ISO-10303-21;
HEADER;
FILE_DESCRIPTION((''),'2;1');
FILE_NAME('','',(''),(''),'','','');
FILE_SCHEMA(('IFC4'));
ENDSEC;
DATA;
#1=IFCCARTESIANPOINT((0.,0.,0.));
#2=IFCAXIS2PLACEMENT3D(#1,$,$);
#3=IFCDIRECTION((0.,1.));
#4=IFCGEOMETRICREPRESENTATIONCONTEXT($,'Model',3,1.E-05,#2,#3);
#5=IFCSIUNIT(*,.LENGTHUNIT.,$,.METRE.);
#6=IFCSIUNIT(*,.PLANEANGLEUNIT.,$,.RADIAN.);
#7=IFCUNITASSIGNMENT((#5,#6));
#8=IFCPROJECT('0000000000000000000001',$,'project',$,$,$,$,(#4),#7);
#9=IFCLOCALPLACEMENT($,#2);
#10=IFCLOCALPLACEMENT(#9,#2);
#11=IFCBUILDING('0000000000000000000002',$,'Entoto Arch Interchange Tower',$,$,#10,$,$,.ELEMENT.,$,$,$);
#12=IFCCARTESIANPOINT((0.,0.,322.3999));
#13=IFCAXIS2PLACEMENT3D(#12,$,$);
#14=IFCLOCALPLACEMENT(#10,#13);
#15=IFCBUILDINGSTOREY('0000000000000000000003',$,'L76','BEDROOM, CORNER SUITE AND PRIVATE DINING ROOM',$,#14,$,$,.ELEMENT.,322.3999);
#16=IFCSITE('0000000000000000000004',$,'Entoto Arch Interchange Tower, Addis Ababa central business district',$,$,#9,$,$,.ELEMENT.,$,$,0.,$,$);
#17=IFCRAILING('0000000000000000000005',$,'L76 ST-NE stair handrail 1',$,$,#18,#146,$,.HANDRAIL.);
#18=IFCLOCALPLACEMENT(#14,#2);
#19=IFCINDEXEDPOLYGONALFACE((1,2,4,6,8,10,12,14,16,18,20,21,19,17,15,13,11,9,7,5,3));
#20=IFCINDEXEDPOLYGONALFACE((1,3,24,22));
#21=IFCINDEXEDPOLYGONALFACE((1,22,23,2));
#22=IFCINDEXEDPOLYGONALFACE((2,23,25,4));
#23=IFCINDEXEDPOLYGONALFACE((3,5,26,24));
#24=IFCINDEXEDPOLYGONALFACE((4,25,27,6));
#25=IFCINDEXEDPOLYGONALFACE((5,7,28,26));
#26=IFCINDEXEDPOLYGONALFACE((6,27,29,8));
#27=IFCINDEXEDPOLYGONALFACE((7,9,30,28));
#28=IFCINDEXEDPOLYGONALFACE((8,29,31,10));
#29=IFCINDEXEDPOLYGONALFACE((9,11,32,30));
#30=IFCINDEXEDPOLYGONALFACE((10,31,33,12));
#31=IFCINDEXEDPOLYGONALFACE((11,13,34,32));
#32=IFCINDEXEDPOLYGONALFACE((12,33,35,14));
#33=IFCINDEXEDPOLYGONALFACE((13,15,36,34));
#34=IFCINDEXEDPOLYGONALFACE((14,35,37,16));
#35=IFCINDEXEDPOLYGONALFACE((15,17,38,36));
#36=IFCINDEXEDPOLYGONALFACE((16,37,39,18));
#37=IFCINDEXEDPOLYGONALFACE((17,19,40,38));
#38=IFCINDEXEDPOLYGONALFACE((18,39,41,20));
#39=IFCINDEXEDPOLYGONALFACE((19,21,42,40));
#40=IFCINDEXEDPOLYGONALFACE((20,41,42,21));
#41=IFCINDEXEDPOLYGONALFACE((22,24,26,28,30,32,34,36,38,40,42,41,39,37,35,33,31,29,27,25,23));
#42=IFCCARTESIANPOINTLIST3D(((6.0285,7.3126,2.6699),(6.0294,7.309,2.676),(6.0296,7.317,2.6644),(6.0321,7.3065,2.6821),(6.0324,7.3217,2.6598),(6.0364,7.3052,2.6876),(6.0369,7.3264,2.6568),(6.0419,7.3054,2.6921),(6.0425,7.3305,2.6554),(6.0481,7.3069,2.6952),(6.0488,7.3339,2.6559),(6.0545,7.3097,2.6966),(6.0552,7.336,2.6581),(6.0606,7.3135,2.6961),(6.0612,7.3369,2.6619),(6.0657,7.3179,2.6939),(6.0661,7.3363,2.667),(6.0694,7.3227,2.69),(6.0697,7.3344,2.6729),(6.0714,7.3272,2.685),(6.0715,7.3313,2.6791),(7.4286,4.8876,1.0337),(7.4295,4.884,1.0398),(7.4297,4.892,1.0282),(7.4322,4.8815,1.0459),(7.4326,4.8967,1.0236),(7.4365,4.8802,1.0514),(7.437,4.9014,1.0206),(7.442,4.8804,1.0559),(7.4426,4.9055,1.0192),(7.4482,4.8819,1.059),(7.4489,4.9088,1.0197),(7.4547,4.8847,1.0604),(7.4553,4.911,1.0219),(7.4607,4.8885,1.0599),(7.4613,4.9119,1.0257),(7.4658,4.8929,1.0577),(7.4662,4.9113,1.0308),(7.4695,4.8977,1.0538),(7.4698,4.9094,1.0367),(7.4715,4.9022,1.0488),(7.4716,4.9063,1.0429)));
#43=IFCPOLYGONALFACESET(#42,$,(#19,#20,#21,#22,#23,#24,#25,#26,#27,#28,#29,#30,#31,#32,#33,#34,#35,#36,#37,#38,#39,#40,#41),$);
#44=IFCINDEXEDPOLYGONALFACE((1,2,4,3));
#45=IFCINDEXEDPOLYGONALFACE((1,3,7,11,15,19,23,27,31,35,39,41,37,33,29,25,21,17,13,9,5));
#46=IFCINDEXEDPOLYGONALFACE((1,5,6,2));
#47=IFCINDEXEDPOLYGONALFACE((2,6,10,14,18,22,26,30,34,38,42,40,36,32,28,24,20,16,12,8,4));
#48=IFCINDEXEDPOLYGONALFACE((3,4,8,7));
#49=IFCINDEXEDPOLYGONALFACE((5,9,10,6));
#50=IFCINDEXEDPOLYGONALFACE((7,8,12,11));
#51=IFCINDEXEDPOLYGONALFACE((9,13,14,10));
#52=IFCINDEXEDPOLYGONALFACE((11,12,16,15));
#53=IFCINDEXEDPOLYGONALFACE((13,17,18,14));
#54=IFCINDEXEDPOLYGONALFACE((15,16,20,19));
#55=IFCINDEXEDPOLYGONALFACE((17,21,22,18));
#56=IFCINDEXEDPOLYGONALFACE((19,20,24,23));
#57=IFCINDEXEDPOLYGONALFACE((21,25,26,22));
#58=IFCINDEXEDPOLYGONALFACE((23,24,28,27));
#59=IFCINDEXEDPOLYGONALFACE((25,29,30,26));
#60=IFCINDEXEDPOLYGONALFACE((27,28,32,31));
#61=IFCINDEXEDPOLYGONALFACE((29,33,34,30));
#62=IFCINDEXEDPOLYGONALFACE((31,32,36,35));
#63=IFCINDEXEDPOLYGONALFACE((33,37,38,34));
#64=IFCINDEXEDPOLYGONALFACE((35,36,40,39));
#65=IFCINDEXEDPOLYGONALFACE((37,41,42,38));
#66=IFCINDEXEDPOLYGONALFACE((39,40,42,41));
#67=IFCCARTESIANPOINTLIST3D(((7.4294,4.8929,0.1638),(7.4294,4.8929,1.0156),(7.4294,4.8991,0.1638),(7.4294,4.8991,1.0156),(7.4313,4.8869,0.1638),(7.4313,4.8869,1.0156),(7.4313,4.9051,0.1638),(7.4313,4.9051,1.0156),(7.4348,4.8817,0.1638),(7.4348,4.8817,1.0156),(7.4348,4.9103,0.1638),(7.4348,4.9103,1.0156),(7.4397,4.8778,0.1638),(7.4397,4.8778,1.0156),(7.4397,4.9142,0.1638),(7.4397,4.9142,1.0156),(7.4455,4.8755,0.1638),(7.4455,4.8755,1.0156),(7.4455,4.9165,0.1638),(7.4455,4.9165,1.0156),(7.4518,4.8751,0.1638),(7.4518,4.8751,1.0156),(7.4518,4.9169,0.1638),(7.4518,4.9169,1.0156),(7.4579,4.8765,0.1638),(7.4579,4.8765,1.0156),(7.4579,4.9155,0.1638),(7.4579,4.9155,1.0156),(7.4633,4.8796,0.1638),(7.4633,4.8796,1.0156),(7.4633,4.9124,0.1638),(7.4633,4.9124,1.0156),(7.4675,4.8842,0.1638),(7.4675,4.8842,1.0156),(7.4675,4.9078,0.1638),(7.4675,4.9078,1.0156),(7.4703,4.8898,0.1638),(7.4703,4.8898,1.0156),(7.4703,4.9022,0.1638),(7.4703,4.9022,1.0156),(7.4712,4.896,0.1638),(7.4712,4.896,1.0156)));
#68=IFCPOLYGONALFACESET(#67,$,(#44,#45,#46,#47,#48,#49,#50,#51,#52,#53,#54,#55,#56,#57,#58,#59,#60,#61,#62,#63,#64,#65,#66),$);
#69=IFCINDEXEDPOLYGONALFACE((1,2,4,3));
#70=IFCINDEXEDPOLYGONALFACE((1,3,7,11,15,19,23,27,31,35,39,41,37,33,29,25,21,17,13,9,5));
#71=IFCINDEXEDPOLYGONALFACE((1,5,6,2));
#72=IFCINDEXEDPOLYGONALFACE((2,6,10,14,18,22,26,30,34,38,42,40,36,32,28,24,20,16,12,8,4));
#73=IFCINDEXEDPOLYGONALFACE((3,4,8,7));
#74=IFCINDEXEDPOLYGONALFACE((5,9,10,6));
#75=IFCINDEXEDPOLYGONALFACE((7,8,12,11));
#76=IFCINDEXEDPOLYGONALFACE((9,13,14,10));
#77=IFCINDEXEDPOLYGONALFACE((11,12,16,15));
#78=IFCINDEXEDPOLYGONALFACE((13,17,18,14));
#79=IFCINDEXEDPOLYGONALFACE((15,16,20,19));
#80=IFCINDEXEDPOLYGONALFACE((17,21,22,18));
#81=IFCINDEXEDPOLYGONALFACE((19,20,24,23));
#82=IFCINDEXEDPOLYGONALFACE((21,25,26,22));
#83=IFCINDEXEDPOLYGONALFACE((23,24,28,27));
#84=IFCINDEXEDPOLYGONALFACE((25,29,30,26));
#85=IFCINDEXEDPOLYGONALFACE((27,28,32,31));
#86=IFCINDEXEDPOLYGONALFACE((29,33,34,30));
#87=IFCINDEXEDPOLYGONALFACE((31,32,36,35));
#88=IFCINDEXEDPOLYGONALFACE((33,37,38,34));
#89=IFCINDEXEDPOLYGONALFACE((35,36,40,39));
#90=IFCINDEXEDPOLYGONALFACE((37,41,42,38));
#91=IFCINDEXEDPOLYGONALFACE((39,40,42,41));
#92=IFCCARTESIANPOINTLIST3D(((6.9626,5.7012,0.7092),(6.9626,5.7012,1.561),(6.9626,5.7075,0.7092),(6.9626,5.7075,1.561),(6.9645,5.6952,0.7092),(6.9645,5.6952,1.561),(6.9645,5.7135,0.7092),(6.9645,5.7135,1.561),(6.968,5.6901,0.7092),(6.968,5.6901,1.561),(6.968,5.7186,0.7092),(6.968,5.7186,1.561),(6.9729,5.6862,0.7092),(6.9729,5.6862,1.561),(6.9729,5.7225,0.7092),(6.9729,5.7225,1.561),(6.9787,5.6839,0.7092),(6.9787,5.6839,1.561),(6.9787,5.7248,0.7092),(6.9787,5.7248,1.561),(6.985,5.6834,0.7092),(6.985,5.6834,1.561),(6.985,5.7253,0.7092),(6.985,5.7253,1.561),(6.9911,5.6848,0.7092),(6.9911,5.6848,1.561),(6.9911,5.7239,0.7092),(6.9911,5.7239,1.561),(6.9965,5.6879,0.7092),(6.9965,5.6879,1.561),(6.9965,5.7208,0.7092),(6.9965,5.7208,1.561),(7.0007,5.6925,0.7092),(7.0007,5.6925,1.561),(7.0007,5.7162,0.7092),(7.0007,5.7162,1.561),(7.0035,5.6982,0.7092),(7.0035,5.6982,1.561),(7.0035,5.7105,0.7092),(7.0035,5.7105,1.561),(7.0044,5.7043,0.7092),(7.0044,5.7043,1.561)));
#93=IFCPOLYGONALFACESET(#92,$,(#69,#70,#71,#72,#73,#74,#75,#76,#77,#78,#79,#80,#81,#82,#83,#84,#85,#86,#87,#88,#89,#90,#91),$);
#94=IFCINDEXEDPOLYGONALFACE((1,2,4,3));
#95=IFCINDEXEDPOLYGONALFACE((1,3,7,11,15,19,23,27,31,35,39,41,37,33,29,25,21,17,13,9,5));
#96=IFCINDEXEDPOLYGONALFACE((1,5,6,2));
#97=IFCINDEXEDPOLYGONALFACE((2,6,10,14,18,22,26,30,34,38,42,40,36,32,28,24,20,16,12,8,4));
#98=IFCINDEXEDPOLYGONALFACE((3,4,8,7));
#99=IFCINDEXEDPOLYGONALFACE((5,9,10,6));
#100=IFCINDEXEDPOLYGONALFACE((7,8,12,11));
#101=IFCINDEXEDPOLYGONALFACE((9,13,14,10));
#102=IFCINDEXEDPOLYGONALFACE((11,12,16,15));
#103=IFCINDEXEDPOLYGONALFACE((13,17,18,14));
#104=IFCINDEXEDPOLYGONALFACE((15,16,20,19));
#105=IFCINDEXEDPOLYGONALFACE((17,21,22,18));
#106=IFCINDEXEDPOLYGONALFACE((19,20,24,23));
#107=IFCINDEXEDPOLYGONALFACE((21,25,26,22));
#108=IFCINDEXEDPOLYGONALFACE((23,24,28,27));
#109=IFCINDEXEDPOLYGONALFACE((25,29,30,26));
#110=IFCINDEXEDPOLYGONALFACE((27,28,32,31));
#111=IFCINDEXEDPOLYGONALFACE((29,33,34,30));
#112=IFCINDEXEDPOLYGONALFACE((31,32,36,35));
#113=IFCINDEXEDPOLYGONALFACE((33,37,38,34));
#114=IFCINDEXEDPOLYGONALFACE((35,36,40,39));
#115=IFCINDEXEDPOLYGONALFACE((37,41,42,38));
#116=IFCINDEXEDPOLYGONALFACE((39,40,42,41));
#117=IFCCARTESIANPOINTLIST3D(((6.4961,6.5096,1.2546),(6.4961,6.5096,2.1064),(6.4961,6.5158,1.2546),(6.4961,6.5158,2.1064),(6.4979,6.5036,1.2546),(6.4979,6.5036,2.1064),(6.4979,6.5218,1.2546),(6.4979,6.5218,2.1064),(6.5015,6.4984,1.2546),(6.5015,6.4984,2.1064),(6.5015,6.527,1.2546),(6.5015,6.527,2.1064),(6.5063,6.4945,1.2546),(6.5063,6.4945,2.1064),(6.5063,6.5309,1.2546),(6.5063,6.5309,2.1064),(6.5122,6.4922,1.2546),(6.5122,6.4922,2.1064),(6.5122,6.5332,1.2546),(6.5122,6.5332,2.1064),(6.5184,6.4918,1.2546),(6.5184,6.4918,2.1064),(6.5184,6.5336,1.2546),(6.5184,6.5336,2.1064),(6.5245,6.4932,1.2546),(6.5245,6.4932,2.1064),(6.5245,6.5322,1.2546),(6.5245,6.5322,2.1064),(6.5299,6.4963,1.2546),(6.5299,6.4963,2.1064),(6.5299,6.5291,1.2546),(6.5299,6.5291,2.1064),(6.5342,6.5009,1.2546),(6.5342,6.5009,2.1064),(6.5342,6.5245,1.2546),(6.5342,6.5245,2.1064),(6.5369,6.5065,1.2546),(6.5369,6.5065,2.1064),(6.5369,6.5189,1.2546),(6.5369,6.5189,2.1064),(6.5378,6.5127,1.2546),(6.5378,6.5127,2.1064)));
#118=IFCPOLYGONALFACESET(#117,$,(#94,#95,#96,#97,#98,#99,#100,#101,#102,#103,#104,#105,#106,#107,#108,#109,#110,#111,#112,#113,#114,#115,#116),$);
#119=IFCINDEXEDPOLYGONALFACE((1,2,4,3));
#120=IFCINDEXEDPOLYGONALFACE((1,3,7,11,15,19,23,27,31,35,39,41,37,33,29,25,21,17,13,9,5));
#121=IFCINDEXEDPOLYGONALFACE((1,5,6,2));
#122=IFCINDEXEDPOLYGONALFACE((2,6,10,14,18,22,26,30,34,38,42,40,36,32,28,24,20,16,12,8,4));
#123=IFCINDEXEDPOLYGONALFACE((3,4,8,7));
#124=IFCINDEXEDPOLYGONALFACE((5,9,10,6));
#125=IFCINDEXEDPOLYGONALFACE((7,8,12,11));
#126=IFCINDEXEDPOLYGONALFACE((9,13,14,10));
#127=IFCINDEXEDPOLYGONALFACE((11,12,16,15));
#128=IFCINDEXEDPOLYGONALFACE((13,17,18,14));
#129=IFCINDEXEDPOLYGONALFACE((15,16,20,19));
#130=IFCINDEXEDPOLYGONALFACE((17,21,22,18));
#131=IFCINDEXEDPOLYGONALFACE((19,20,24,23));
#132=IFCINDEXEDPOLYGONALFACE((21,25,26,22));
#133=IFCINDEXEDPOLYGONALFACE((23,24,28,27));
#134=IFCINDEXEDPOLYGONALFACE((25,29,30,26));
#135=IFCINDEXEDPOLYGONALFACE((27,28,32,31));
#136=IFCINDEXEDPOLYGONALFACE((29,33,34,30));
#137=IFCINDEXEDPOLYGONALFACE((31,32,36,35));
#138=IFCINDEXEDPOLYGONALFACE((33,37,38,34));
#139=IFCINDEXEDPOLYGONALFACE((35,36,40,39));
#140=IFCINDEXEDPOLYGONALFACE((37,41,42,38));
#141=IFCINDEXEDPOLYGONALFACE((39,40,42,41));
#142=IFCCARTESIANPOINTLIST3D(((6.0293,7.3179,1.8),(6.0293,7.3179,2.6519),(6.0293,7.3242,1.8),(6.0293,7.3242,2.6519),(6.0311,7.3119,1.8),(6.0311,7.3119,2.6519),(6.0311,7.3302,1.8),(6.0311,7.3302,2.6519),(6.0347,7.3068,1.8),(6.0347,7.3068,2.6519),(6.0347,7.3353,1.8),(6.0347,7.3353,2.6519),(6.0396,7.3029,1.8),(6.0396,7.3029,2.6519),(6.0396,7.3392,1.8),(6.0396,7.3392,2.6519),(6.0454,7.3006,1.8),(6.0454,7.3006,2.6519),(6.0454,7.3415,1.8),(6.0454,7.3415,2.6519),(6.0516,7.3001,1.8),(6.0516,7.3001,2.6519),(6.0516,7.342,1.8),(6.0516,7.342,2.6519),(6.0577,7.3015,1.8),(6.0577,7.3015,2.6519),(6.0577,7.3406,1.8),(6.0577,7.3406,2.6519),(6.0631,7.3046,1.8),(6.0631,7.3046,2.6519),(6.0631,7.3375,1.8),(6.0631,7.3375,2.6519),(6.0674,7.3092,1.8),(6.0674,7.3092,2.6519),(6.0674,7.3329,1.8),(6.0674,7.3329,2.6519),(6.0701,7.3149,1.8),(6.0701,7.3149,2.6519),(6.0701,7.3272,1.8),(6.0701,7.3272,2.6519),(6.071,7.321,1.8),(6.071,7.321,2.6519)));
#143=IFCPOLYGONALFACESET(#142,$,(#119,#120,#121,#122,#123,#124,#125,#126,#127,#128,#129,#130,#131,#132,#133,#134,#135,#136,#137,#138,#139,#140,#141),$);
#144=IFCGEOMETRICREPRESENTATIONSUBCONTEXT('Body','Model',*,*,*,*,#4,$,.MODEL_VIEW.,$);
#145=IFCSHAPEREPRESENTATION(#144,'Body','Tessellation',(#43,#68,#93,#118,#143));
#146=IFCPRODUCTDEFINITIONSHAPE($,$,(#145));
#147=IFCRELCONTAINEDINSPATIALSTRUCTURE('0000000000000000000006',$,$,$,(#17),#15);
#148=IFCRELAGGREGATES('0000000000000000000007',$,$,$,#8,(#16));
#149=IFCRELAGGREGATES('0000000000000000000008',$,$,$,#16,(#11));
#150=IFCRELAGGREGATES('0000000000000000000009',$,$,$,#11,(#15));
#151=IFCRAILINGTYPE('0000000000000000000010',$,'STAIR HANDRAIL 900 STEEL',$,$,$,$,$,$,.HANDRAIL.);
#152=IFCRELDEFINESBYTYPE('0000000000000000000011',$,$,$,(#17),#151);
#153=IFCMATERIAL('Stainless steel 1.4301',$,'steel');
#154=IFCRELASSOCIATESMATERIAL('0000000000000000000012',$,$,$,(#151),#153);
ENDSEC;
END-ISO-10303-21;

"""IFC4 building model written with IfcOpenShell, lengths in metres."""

from ifc_helpers import new_model, si_unit, direction, frame, origin, origin_2d, place, context, subcontext, project, spatial, circle, extrude, material, type_object, element, save


model = new_model("IFC4")

# Units and contexts
model_context = context("Model", 3, precision=1e-05, world=origin(), true_north=direction((0.0, 1.0)))
body_context = subcontext(model_context, "Body", "Model", "MODEL_VIEW")
ifc_project = project(units=[si_unit("LENGTHUNIT", "METRE"), si_unit("PLANEANGLEUNIT", "RADIAN")], contexts=[model_context])

# Site, building, storey
site_placement = place(None, origin())
site = spatial("IfcSite", under=ifc_project, at=site_placement, Name="Entoto Arch Interchange Tower, Addis Ababa central business district", CompositionType="ELEMENT", RefElevation=0.0)
building_placement = place(site_placement, origin())
building = spatial("IfcBuilding", under=site, at=building_placement, Name="Entoto Arch Interchange Tower", CompositionType="ELEMENT")
storey_placement = place(building_placement, frame((0.0, 0.0, 322.3999)))
storey = spatial("IfcBuildingStorey", under=building, at=storey_placement, Name="L76", Description="BEDROOM, CORNER SUITE AND PRIVATE DINING ROOM", CompositionType="ELEMENT", Elevation=322.3999)

# Railing
ifc_material_1 = material(Name="Stainless steel 1.4301", Category="steel")
railing_type_1 = type_object("IfcRailingType", Name="STAIR HANDRAIL 900 STEEL", PredefinedType="HANDRAIL", material=ifc_material_1)
railing_1_placement = place(storey_placement, frame((7.4502, 4.896, 0.1638)))
element("IfcRailing", 1, at=railing_1_placement, inside=storey, type_object=railing_type_1, Name="L76 ST-NE stair handrail 1", PredefinedType="HANDRAIL", context=body_context, shape_type="SweptSolid", body=[
    extrude(circle(Radius=0.0239, at=origin_2d()), frame((0.0, 0.0, 0.876), z_axis=(-0.431714, 0.747727, 0.504507), x_axis=(-0.866019, -0.500012, 0.0)), (0.0, 0.0, 1.0), 3.2432),
    extrude(circle(Radius=0.021, at=origin_2d()), origin(), (0.0, 0.0, 1.0), 0.8518),
    extrude(circle(Radius=0.021, at=origin_2d()), frame((-0.4668, 0.8083, 0.5454)), (0.0, 0.0, 1.0), 0.8518),
    extrude(circle(Radius=0.021, at=origin_2d()), frame((-0.9333, 1.6167, 1.0908)), (0.0, 0.0, 1.0), 0.8518),
    extrude(circle(Radius=0.021, at=origin_2d()), frame((-1.4001, 2.425, 1.6362)), (0.0, 0.0, 1.0), 0.8518),
])

save(model, "model.ifc")
